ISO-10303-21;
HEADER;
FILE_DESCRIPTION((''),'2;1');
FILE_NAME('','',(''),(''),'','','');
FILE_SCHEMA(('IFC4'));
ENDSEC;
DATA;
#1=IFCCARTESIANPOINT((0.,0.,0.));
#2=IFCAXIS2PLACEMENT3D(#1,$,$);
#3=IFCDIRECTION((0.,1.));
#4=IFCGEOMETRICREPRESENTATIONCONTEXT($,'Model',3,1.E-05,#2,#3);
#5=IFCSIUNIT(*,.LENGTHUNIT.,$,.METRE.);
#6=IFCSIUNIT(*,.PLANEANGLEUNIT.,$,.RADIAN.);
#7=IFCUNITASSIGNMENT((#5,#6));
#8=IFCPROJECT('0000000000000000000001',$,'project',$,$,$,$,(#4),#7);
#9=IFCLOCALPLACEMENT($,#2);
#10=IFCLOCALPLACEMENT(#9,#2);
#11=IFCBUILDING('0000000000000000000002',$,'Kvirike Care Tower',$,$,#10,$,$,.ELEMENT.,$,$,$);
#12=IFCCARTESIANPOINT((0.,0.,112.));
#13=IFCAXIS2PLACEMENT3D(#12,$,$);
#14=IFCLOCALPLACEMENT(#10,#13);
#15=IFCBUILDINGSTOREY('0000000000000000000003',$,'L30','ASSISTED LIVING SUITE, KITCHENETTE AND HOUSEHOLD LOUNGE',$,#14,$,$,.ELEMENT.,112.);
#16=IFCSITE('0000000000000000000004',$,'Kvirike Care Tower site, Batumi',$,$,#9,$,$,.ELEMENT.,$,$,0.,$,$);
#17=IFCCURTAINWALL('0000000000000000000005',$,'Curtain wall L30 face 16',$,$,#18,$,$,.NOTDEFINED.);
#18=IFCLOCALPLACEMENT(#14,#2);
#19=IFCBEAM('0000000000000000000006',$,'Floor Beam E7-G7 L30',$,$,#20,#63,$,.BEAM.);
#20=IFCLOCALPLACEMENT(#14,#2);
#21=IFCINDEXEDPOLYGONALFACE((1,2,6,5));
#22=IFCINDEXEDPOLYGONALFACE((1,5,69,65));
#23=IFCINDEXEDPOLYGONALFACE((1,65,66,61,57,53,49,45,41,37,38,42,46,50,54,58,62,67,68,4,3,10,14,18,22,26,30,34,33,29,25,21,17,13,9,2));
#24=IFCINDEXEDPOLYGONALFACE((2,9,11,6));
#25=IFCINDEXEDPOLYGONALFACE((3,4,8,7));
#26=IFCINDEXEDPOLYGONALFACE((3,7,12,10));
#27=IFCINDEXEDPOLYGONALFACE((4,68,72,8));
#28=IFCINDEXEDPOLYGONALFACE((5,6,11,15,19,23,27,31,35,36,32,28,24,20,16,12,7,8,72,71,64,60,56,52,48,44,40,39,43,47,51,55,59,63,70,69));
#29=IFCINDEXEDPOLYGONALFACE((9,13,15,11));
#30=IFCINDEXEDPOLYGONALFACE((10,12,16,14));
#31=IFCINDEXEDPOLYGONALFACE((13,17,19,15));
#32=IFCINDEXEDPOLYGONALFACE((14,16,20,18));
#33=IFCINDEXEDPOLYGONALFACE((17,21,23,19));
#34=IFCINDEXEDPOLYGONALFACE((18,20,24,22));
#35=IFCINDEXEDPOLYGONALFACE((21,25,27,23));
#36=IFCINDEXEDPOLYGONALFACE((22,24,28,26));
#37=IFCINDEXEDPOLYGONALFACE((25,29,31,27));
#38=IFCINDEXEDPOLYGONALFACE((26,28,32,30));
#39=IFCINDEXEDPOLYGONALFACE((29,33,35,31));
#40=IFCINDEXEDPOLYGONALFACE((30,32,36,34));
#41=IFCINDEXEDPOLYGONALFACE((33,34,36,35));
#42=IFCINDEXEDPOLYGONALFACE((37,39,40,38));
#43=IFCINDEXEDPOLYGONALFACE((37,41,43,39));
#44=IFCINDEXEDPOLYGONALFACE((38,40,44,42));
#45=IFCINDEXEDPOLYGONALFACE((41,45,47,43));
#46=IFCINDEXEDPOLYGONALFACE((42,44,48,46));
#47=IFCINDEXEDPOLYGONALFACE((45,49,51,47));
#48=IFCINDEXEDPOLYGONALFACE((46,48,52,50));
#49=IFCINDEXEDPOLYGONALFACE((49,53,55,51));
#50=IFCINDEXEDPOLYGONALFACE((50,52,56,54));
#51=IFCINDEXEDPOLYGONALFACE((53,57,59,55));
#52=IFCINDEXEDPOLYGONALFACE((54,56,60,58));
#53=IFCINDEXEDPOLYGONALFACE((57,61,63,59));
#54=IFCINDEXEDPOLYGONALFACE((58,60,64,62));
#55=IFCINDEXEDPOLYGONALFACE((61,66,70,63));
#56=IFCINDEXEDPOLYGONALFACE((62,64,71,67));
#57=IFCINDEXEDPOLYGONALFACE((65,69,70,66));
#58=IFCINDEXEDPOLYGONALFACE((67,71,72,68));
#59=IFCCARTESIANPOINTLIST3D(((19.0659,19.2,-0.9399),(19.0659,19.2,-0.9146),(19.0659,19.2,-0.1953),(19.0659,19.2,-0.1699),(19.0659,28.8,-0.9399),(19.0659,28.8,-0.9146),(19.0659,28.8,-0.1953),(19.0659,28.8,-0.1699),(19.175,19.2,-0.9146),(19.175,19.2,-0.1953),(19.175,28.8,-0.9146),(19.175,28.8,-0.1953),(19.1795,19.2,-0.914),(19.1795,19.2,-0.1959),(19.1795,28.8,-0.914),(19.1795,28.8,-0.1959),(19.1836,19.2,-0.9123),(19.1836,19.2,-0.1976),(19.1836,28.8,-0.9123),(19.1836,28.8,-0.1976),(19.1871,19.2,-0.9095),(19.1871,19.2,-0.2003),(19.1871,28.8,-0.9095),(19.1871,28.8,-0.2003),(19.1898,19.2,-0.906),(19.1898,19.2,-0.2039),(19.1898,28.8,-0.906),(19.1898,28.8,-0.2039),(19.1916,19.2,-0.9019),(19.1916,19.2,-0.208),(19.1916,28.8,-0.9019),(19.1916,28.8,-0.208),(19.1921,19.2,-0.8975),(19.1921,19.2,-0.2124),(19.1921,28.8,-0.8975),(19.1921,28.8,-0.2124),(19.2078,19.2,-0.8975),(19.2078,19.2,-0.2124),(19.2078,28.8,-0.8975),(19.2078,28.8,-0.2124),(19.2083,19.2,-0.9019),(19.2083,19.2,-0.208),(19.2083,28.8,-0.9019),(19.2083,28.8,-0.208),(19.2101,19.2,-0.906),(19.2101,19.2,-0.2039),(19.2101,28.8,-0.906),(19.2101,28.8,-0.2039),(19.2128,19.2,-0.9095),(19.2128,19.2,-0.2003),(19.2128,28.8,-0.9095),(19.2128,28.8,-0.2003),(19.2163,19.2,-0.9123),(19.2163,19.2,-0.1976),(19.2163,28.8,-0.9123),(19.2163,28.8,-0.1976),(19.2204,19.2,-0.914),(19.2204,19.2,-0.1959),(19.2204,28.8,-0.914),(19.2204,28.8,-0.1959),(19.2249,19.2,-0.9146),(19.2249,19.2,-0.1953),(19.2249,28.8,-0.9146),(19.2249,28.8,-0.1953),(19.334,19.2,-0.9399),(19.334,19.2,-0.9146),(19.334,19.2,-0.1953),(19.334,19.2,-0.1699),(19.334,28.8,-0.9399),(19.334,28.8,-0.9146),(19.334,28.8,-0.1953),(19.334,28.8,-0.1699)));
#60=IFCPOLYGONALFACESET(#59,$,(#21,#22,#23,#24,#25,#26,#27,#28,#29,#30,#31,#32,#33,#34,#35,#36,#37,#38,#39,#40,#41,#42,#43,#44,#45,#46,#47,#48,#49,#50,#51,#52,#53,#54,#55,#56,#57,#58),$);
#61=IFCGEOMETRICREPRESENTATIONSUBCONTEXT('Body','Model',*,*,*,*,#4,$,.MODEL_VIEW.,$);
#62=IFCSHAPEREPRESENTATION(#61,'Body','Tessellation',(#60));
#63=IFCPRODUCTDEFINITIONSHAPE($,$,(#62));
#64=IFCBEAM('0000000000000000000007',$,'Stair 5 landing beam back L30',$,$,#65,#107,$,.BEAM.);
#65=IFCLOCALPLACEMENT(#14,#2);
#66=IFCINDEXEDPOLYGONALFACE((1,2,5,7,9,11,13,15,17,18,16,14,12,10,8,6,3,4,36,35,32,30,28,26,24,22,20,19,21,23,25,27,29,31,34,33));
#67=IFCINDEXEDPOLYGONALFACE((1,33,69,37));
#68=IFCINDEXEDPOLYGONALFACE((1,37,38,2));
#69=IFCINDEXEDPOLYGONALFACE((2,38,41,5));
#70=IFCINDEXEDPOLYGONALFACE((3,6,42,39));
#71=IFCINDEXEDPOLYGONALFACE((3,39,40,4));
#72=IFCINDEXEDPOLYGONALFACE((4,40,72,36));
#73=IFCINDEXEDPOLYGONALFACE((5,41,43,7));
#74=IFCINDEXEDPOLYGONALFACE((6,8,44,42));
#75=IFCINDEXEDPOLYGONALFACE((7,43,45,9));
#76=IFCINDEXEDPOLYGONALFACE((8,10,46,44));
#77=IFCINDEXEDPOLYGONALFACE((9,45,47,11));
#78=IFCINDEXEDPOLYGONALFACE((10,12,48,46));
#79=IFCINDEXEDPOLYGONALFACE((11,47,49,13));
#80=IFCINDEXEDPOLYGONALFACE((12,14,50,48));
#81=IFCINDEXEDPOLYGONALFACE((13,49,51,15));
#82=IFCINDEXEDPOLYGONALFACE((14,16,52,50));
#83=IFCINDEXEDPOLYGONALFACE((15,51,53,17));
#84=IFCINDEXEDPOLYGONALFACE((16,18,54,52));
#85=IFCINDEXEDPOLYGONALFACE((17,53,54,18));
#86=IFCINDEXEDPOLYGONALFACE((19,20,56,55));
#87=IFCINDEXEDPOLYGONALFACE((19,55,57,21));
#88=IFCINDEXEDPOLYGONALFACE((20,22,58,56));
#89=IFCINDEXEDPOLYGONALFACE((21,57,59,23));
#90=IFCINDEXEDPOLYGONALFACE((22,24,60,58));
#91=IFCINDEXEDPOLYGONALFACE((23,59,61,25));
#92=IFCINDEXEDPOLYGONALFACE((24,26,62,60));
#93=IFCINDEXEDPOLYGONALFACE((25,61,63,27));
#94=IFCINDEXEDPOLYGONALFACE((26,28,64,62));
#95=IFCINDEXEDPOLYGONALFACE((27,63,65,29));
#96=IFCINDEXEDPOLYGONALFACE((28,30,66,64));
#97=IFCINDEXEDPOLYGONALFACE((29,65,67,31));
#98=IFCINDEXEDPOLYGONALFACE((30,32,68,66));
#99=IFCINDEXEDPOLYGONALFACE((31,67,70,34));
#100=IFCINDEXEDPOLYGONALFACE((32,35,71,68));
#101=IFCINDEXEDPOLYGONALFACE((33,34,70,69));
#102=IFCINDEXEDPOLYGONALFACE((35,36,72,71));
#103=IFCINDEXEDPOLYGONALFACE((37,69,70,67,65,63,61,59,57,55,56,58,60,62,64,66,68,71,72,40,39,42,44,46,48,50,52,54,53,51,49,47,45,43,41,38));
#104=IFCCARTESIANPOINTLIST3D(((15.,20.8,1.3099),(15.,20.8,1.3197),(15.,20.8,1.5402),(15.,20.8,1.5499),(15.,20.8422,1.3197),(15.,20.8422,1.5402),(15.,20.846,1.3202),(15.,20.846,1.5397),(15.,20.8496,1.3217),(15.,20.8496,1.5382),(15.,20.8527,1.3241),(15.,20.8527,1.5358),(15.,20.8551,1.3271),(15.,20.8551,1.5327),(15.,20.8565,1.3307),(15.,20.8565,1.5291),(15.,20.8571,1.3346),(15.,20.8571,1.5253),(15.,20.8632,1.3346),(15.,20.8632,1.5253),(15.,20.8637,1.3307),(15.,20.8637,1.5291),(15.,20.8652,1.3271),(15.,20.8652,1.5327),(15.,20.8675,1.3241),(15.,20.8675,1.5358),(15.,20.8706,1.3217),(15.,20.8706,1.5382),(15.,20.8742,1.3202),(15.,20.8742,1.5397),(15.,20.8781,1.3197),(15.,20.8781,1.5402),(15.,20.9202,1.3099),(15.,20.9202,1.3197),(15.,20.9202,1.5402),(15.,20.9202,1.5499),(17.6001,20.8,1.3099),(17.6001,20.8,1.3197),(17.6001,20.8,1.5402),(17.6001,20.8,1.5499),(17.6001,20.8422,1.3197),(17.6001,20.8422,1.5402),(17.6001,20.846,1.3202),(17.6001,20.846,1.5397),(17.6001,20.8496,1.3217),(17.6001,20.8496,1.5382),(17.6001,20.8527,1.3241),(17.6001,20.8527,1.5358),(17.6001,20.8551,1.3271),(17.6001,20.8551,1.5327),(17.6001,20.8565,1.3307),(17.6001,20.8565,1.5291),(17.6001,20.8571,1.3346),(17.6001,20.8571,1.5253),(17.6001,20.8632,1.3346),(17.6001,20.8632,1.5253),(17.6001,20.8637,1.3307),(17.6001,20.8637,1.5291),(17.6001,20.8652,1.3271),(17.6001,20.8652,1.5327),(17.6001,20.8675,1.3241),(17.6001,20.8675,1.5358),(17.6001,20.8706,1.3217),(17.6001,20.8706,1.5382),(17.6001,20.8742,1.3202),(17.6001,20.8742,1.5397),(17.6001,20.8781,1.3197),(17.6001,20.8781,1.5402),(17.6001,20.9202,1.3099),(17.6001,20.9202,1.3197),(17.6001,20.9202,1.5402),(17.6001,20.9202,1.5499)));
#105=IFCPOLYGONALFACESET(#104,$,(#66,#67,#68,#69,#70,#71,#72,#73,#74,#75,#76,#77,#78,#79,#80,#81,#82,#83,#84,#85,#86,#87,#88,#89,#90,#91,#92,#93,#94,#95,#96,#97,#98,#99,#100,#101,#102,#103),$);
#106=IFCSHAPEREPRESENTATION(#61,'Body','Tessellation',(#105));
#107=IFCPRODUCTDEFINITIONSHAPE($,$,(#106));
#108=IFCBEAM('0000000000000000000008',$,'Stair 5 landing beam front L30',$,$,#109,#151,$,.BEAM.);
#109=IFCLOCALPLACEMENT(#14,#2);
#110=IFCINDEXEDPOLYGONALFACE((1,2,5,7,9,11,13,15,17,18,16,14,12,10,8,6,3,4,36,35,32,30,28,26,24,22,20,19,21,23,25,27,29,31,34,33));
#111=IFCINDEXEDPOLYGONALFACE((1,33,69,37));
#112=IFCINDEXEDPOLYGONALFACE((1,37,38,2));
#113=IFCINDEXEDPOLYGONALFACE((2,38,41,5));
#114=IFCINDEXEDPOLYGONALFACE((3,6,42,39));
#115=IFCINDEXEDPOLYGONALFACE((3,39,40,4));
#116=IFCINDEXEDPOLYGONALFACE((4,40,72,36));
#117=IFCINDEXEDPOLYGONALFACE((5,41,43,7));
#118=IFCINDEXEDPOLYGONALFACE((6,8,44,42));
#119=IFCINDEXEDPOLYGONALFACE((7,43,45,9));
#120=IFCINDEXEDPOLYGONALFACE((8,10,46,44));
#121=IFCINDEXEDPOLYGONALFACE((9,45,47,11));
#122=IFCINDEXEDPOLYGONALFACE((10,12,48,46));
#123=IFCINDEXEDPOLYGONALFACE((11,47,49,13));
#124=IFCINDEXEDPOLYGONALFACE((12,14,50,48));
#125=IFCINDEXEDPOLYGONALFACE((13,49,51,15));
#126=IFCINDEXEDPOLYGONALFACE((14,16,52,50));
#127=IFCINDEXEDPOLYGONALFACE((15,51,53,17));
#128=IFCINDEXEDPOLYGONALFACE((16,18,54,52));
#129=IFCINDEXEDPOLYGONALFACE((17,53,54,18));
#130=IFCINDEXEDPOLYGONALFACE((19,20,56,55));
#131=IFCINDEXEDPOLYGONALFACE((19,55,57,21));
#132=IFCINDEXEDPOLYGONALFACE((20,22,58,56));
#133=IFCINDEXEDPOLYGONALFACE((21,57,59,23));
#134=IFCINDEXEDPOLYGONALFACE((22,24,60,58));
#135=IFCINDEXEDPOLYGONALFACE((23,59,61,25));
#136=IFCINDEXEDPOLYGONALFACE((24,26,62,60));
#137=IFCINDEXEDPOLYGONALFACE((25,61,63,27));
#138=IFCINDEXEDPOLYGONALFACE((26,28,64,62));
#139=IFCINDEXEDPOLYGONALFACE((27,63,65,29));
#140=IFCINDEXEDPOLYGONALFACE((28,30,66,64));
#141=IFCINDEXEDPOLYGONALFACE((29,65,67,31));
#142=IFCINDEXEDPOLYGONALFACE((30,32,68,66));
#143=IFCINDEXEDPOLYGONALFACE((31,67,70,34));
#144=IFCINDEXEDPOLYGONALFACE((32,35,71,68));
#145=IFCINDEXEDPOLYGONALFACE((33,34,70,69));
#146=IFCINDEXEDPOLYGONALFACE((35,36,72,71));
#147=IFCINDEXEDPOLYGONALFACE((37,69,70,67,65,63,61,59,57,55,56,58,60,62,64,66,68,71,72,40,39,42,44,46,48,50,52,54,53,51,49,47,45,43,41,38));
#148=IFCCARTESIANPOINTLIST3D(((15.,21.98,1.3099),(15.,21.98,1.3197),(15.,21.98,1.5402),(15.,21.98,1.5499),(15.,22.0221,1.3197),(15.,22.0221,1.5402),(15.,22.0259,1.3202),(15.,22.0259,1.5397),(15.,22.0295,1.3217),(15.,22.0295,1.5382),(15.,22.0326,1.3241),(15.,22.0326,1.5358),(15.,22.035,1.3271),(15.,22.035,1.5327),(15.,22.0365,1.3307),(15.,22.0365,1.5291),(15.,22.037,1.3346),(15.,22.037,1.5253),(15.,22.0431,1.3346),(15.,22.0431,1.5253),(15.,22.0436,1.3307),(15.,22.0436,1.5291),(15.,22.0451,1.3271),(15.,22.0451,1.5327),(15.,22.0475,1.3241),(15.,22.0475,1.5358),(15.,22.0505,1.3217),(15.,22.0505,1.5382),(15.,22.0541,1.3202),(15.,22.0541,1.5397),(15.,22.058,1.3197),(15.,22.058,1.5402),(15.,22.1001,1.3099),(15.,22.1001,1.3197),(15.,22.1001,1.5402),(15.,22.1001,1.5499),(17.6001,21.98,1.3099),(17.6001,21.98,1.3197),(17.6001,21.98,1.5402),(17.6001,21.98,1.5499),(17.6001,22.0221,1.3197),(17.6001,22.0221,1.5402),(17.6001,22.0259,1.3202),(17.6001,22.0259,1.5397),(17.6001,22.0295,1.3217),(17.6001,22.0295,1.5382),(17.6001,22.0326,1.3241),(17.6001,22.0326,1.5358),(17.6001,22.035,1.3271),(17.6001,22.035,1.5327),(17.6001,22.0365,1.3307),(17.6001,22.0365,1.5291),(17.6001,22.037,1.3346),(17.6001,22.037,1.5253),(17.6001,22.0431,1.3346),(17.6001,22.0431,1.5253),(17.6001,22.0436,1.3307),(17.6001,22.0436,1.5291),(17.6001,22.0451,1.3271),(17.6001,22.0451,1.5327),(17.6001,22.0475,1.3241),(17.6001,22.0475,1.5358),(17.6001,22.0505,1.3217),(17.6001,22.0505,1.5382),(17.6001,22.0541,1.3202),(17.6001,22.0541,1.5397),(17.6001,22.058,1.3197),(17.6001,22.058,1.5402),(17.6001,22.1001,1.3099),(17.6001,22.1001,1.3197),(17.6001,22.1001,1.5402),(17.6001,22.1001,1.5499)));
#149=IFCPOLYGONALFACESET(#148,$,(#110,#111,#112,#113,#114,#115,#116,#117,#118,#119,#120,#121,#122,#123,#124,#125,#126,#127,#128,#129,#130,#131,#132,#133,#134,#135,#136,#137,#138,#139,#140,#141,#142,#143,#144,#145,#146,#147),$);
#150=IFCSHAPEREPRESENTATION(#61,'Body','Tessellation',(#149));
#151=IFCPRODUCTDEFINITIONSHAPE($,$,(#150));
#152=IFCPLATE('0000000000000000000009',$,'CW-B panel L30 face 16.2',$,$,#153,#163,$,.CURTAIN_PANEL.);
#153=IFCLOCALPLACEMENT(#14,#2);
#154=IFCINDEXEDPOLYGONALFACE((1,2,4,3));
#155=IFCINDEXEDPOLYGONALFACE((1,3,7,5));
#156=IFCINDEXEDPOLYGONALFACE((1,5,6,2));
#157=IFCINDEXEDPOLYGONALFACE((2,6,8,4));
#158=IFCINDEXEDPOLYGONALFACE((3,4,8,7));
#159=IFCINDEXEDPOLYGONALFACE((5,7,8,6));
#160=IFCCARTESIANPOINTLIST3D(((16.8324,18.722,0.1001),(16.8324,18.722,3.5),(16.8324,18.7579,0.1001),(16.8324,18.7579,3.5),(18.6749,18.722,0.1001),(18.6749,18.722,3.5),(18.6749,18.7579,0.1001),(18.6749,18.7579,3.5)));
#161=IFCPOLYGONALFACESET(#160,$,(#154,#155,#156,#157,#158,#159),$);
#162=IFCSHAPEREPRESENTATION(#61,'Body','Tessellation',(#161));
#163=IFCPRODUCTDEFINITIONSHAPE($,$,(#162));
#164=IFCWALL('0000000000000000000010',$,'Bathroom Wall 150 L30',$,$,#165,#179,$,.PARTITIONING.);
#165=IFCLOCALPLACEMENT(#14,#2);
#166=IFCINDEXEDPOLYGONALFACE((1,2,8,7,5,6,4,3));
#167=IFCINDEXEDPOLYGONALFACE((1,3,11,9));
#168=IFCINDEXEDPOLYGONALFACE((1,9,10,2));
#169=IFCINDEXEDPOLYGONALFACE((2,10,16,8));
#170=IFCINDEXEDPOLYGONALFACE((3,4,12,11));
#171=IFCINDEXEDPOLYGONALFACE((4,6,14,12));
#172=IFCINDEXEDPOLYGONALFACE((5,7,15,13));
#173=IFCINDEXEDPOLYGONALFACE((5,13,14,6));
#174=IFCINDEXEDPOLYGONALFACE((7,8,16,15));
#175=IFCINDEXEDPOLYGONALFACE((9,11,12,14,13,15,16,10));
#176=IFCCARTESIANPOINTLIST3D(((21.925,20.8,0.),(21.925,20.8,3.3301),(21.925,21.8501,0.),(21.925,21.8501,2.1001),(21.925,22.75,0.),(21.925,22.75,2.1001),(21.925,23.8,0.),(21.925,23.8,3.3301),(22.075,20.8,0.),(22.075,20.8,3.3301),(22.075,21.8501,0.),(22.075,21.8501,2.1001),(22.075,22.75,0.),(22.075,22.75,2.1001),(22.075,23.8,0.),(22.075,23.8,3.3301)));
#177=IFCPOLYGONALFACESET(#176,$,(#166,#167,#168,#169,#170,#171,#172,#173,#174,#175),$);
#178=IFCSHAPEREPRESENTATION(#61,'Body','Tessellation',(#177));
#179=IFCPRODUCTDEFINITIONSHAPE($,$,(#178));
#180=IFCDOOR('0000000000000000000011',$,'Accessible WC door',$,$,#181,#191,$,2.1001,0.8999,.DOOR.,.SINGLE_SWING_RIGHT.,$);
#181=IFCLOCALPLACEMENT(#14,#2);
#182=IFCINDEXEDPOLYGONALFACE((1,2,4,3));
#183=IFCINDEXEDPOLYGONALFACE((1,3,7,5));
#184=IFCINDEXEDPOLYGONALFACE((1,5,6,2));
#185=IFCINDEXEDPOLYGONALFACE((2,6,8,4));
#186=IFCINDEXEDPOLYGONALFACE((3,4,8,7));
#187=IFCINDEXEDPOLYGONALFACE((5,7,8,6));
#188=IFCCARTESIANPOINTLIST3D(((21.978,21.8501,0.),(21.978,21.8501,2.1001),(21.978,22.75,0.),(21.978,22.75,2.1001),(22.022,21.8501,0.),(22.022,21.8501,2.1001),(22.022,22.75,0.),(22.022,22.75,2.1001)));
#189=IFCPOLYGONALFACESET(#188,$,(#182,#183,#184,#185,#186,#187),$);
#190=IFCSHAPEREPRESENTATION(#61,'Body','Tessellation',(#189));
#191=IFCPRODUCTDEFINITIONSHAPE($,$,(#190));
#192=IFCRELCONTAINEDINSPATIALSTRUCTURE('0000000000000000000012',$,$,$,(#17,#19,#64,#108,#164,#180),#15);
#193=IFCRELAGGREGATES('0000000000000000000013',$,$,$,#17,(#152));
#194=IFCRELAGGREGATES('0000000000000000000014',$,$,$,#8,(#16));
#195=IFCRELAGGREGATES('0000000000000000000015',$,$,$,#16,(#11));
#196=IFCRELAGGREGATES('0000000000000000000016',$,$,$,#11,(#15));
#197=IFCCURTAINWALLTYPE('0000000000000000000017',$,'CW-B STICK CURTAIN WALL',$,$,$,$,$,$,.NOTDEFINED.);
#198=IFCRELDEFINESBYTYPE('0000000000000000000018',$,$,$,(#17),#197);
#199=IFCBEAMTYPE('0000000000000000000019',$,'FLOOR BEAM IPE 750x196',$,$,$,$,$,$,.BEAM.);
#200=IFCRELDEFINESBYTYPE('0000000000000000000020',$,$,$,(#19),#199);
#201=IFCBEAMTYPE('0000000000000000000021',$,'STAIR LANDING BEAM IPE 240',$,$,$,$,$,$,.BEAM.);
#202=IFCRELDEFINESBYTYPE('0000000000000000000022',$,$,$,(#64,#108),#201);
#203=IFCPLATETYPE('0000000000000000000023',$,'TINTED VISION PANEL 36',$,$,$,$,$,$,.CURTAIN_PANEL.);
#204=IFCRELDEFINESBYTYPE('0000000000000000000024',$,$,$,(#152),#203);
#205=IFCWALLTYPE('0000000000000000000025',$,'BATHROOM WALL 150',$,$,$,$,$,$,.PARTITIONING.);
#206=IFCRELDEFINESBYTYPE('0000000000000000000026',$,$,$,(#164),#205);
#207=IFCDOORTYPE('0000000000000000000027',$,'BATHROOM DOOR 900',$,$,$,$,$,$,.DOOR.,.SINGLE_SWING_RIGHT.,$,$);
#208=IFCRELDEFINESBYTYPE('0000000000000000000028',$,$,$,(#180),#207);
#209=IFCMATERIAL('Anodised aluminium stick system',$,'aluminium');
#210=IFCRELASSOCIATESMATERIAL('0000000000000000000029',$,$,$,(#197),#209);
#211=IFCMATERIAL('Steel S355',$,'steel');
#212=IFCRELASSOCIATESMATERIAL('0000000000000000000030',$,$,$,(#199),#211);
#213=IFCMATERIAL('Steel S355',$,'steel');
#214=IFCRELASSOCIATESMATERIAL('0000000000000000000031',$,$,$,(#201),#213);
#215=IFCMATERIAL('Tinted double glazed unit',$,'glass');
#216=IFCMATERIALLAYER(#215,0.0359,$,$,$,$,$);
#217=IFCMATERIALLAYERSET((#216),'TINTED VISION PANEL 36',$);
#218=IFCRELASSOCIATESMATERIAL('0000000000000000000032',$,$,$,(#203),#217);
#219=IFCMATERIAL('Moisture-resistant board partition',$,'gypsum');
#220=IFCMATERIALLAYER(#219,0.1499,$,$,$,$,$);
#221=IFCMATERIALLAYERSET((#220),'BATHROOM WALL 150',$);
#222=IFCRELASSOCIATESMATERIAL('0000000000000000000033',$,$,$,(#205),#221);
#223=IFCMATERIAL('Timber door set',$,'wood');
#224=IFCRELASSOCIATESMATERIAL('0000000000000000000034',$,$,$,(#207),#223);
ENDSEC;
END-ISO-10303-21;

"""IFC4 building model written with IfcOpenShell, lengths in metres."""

from ifc_helpers import new_model, si_unit, direction, frame, frame_2d, origin, origin_2d, place, context, subcontext, project, spatial, rectangle, i_section, extrude, material, layer, layer_set, material_profile, profile_set, type_object, element, fill, aggregate, save


model = new_model("IFC4")

# Units and contexts
model_context = context("Model", 3, precision=1e-05, world=origin(), true_north=direction((0.0, 1.0)))
body_context = subcontext(model_context, "Body", "Model", "MODEL_VIEW")
ifc_project = project(units=[si_unit("LENGTHUNIT", "METRE"), si_unit("PLANEANGLEUNIT", "RADIAN")], contexts=[model_context])

# Site, building, storey
site_placement = place(None, origin())
site = spatial("IfcSite", under=ifc_project, at=site_placement, Name="Kvirike Care Tower site, Batumi", CompositionType="ELEMENT", RefElevation=0.0)
building_placement = place(site_placement, origin())
building = spatial("IfcBuilding", under=site, at=building_placement, Name="Kvirike Care Tower", CompositionType="ELEMENT")
storey_placement = place(building_placement, frame((0.0, 0.0, 112.0)))
storey = spatial("IfcBuildingStorey", under=building, at=storey_placement, Name="L30", Description="ASSISTED LIVING SUITE, KITCHENETTE AND HOUSEHOLD LOUNGE", CompositionType="ELEMENT", Elevation=112.0)

# Curtain wall
ifc_material_1 = material(Name="Anodised aluminium stick system", Category="aluminium")
curtain_wall_type = type_object("IfcCurtainWallType", Name="CW-B STICK CURTAIN WALL", PredefinedType="NOTDEFINED", material=ifc_material_1)
curtain_wall_placement = place(storey_placement, origin())
curtain_wall = element("IfcCurtainWall", 1, at=curtain_wall_placement, inside=storey, type_object=curtain_wall_type, Name="Curtain wall L30 face 16", PredefinedType="NOTDEFINED")

# Beams
ifc_material_2 = material(Name="Steel S355", Category="steel")
ifc_material_profile_1 = material_profile(ifc_material_2, i_section(OverallWidth=0.2681, OverallDepth=0.77, WebThickness=0.0156, FlangeThickness=0.0254, FilletRadius=0.0171, at=origin_2d()), Name="IPE 750x196")
ifc_profile_set_1 = profile_set([ifc_material_profile_1], Name="Steel S355")
beam_type_1 = type_object("IfcBeamType", Name="FLOOR BEAM IPE 750x196", PredefinedType="BEAM", material=ifc_profile_set_1)
for number, where, z_axis, x_axis, name in (
    (2, (19.2, 19.2, -0.5549), (0.0, 1.0, 0.0), (-1.0, 0.0, 0.0), "Floor Beam E7-G7 L30"),
):
    element("IfcBeam", number, at=place(storey_placement, frame(where, z_axis=z_axis, x_axis=x_axis)), inside=storey, type_object=beam_type_1, Name=name, PredefinedType="BEAM", context=body_context, shape_type="SweptSolid", body=[
        extrude(i_section(OverallWidth=0.2681, OverallDepth=0.77, WebThickness=0.0156, FlangeThickness=0.0254, FilletRadius=0.0171, at=origin_2d()), origin(), (0.0, 0.0, 1.0), 9.6001),
    ])
ifc_material_3 = material(Name="Steel S355", Category="steel")
ifc_material_profile_2 = material_profile(ifc_material_3, i_section(OverallWidth=0.1201, OverallDepth=0.24, WebThickness=0.0061, FlangeThickness=0.0098, FilletRadius=0.0149, at=origin_2d()), Name="IPE 240")
ifc_profile_set_2 = profile_set([ifc_material_profile_2], Name="Steel S355")
beam_type_2 = type_object("IfcBeamType", Name="STAIR LANDING BEAM IPE 240", PredefinedType="BEAM", material=ifc_profile_set_2)
for number, where, z_axis, x_axis, name in (
    (3, (15.0, 20.8601, 1.4299), (1.0, 0.0, 0.0), (0.0, 1.0, 0.0), "Stair 5 landing beam back L30"),
    (4, (15.0, 22.04, 1.4299), (1.0, 0.0, 0.0), (0.0, 1.0, 0.0), "Stair 5 landing beam front L30"),
):
    element("IfcBeam", number, at=place(storey_placement, frame(where, z_axis=z_axis, x_axis=x_axis)), inside=storey, type_object=beam_type_2, Name=name, PredefinedType="BEAM", context=body_context, shape_type="SweptSolid", body=[
        extrude(i_section(OverallWidth=0.1201, OverallDepth=0.24, WebThickness=0.0061, FlangeThickness=0.0098, FilletRadius=0.0149, at=origin_2d()), origin(), (0.0, 0.0, 1.0), 2.6001),
    ])

# Plate
ifc_material_4 = material(Name="Tinted double glazed unit", Category="glass")
ifc_layer_1 = layer(ifc_material_4, 0.0359)
ifc_layer_set_1 = layer_set([ifc_layer_1], Name="TINTED VISION PANEL 36")
plate_type = type_object("IfcPlateType", Name="TINTED VISION PANEL 36", PredefinedType="CURTAIN_PANEL", material=ifc_layer_set_1)
plate_placement = place(storey_placement, frame((17.7537, 18.74, 0.1001), z_axis=(0.0, 0.0, 1.0), x_axis=(1.0, 0.0, 0.0)))
plate = element("IfcPlate", 5, at=plate_placement, type_object=plate_type, Name="CW-B panel L30 face 16.2", PredefinedType="CURTAIN_PANEL", context=body_context, shape_type="SweptSolid", body=[
    extrude(rectangle(XDim=1.8425, YDim=0.0359, at=origin_2d()), origin(), (0.0, 0.0, 1.0), 3.3999),
])
aggregate(curtain_wall, [plate])

# Wall, opening, door
ifc_material_5 = material(Name="Moisture-resistant board partition", Category="gypsum")
ifc_layer_2 = layer(ifc_material_5, 0.1499)
ifc_layer_set_2 = layer_set([ifc_layer_2], Name="BATHROOM WALL 150")
wall_type_1 = type_object("IfcWallType", Name="BATHROOM WALL 150", PredefinedType="PARTITIONING", material=ifc_layer_set_2)
wall_1_placement = place(storey_placement, frame((22.0, 20.8, 0.0), z_axis=(0.0, 0.0, 1.0), x_axis=(0.0, 1.0, 0.0)))
wall_1 = element("IfcWall", 6, at=wall_1_placement, inside=storey, type_object=wall_type_1, Name="Bathroom Wall 150 L30", PredefinedType="PARTITIONING", context=body_context, shape_type="SweptSolid", body=[
    extrude(rectangle(XDim=3.0, YDim=0.1499, at=frame_2d((1.5, 0.0))), origin(), (0.0, 0.0, 1.0), 3.3301),
])
opening_placement = place(wall_1_placement, frame((1.05, 0.0, 0.0)))
opening = element("IfcOpeningElement", 7, at=opening_placement, cuts=wall_1, PredefinedType="OPENING", context=body_context, shape_type="SweptSolid", body=[
    extrude(rectangle(XDim=0.8999, YDim=2.1001, at=frame_2d((0.45, 1.05))), frame((0.0, 0.0854, 0.0), z_axis=(0.0, -1.0, 0.0), x_axis=(1.0, 0.0, 0.0)), (0.0, 0.0, 1.0), 0.1709),
])
ifc_material_6 = material(Name="Timber door set", Category="wood")
door_type = type_object("IfcDoorType", Name="BATHROOM DOOR 900", OperationType="SINGLE_SWING_RIGHT", PredefinedType="DOOR", material=ifc_material_6)
door_placement = place(opening_placement, origin())
door = element("IfcDoor", 8, at=door_placement, inside=storey, type_object=door_type, Name="Accessible WC door", OperationType="SINGLE_SWING_RIGHT", OverallHeight=2.1001, OverallWidth=0.8999, PredefinedType="DOOR", context=body_context, shape_type="SweptSolid", body=[
    extrude(rectangle(XDim=0.8999, YDim=2.1001, at=frame_2d((0.45, 1.05))), frame((0.0, 0.022, 0.0), z_axis=(0.0, -1.0, 0.0), x_axis=(1.0, 0.0, 0.0)), (0.0, 0.0, 1.0), 0.0439),
])
fill(opening, door)

save(model, "model.ifc")
